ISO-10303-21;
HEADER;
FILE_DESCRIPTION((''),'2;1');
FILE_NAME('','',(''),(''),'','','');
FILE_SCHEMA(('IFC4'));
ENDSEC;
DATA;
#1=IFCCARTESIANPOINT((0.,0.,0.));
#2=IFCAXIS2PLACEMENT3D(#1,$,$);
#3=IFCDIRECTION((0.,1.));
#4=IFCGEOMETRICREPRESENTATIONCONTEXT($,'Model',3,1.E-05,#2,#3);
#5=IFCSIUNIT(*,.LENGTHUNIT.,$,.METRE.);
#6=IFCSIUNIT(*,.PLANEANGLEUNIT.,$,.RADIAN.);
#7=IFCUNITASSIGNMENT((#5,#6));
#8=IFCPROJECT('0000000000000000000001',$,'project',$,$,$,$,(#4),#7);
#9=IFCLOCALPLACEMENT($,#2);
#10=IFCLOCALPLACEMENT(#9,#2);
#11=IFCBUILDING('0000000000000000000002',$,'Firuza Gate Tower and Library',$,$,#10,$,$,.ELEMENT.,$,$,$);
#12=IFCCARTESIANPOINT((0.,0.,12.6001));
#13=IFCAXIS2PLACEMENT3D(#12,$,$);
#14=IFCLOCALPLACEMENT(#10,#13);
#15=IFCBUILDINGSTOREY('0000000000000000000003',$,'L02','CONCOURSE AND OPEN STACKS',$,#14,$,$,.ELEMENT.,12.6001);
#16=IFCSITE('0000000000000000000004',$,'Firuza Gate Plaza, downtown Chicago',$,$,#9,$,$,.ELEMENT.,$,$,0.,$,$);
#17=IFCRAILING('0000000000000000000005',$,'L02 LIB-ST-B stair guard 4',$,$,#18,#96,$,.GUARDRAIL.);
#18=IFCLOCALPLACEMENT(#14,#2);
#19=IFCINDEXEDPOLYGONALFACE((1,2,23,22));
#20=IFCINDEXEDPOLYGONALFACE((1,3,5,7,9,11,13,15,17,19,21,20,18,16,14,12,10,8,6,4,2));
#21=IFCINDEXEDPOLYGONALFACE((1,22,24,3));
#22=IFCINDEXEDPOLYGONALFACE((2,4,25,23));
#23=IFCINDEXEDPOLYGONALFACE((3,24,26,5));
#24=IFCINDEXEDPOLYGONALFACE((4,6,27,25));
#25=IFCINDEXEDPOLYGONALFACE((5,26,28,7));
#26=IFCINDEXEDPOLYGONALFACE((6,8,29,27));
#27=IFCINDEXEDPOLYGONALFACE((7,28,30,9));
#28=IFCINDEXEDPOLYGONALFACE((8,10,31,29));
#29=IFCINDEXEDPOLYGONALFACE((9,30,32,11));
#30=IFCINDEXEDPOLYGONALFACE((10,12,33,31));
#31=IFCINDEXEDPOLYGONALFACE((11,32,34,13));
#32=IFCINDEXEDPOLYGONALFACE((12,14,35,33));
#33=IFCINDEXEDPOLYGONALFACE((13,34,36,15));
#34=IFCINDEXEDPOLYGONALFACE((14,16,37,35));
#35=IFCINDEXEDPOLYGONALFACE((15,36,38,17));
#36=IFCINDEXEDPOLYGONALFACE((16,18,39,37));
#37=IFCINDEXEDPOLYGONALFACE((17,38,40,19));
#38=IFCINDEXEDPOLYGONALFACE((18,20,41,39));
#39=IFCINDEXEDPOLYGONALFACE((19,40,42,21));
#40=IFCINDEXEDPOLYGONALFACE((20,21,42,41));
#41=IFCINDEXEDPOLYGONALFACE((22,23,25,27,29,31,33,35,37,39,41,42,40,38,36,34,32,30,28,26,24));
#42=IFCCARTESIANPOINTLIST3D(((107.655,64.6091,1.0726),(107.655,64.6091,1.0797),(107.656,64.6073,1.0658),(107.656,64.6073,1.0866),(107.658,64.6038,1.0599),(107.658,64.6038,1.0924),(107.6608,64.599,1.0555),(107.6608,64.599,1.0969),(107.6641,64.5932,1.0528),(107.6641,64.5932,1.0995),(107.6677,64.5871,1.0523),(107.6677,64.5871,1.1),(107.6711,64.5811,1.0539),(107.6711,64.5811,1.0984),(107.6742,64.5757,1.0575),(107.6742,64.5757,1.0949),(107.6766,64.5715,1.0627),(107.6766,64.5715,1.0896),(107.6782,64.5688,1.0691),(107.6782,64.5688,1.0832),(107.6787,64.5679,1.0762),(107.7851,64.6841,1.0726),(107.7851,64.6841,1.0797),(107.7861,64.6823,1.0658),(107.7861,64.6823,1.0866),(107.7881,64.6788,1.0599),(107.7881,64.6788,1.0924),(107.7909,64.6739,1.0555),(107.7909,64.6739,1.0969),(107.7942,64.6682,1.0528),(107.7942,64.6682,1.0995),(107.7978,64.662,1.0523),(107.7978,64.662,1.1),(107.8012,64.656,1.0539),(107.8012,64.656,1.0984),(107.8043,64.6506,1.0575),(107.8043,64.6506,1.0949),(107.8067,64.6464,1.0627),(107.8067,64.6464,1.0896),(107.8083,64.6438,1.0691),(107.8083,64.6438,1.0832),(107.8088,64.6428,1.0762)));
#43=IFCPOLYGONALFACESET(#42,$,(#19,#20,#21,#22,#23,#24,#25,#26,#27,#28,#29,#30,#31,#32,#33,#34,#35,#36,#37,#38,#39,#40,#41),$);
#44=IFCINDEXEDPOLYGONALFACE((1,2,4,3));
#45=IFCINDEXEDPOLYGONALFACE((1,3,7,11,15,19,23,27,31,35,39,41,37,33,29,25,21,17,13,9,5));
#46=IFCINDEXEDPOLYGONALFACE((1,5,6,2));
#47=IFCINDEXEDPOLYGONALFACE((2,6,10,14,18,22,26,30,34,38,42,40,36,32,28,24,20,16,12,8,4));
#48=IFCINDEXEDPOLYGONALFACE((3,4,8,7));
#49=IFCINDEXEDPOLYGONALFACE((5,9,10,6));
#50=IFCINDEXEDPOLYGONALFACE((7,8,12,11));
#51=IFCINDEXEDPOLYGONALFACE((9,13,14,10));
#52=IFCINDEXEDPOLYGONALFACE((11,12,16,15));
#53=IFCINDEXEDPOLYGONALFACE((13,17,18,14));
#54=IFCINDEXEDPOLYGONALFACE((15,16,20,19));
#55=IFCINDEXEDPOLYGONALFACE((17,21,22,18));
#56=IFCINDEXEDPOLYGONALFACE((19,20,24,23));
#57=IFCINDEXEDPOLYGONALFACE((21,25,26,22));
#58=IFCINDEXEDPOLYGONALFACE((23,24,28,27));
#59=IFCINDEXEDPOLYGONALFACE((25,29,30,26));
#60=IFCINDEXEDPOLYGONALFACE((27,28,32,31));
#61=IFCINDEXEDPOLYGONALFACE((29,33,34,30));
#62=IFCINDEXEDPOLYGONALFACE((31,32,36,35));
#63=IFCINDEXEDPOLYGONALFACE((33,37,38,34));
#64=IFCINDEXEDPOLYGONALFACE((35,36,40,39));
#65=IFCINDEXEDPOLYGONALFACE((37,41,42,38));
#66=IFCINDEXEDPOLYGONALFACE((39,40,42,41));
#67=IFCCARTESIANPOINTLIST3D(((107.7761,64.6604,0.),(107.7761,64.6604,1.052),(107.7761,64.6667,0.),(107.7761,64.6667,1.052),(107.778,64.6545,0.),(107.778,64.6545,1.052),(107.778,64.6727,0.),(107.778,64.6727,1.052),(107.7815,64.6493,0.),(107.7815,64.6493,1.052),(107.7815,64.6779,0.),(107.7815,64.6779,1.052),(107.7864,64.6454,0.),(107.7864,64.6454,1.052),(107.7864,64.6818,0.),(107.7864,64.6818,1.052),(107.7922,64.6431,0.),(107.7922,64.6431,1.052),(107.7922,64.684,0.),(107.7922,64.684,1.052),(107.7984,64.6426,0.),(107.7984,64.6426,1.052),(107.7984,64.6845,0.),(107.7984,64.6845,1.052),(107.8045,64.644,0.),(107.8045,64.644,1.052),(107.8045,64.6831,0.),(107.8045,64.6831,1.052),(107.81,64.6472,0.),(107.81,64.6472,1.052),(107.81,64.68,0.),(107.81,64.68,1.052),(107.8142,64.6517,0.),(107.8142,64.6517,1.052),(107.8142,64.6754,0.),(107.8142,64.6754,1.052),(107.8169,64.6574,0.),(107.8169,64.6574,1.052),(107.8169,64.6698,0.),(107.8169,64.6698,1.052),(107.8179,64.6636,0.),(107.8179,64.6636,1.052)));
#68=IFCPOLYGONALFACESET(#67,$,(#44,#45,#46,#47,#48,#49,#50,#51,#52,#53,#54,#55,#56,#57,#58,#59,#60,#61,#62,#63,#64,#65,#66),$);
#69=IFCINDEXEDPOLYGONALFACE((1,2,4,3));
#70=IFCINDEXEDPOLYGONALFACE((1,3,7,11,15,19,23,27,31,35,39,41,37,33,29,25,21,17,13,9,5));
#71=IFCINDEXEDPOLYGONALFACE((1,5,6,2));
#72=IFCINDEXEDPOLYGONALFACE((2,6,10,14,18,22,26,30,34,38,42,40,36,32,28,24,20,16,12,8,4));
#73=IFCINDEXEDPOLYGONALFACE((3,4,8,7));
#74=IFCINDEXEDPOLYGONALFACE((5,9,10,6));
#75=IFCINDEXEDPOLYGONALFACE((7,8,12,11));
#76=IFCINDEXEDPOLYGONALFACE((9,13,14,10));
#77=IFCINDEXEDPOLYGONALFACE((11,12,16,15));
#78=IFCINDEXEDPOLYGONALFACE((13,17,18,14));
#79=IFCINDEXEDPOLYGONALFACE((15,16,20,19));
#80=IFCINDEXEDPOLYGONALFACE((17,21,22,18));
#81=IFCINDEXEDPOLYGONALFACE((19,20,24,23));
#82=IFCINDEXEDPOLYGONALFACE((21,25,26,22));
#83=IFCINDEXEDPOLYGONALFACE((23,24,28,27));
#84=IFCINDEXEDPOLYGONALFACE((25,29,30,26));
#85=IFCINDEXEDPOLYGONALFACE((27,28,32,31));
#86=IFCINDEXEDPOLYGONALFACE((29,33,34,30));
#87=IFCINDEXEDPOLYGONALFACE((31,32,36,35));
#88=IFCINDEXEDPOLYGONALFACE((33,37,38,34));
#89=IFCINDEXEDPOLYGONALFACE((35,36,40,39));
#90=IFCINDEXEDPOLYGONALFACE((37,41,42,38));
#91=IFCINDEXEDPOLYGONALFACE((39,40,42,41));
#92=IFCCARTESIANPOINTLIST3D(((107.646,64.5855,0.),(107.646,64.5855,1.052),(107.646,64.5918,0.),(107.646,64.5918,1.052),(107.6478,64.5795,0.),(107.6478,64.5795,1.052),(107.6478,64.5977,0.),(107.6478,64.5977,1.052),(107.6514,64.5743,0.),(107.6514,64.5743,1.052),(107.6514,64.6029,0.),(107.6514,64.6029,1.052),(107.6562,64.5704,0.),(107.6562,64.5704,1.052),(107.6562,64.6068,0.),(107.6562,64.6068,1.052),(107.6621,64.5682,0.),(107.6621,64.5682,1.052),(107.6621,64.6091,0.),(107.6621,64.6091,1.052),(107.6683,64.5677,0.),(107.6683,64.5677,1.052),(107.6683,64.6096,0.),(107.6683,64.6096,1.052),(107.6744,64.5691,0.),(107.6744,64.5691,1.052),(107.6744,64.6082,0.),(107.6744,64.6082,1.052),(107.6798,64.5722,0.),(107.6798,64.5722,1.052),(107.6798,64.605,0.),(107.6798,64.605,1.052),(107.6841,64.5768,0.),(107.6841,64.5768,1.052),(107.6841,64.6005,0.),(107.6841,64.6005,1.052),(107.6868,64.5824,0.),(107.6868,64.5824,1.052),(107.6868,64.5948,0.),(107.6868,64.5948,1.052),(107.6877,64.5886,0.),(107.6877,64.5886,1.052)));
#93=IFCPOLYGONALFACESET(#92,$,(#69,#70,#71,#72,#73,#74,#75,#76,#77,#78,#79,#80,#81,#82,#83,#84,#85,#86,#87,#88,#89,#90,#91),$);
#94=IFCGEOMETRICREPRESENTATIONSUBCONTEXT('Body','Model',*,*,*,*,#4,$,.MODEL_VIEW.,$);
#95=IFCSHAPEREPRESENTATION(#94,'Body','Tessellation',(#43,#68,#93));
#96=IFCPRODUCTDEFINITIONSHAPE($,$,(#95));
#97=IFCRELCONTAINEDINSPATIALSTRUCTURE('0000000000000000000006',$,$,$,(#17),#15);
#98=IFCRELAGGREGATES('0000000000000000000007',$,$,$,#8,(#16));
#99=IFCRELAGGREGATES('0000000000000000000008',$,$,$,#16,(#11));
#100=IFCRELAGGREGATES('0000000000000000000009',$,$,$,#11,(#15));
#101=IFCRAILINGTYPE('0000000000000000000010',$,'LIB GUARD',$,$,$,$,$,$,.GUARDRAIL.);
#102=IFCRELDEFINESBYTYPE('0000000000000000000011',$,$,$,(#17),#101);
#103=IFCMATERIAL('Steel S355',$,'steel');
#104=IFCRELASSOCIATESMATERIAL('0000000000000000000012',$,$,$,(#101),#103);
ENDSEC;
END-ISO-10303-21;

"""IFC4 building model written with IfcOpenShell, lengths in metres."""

from ifc_helpers import new_model, si_unit, direction, frame, origin, origin_2d, place, context, subcontext, project, spatial, circle, extrude, material, type_object, element, save


model = new_model("IFC4")

# Units and contexts
model_context = context("Model", 3, precision=1e-05, world=origin(), true_north=direction((0.0, 1.0)))
body_context = subcontext(model_context, "Body", "Model", "MODEL_VIEW")
ifc_project = project(units=[si_unit("LENGTHUNIT", "METRE"), si_unit("PLANEANGLEUNIT", "RADIAN")], contexts=[model_context])

# Site, building, storey
site_placement = place(None, origin())
site = spatial("IfcSite", under=ifc_project, at=site_placement, Name="Firuza Gate Plaza, downtown Chicago", CompositionType="ELEMENT", RefElevation=0.0)
building_placement = place(site_placement, origin())
building = spatial("IfcBuilding", under=site, at=building_placement, Name="Firuza Gate Tower and Library", CompositionType="ELEMENT")
storey_placement = place(building_placement, frame((0.0, 0.0, 12.6001)))
storey = spatial("IfcBuildingStorey", under=building, at=storey_placement, Name="L02", Description="CONCOURSE AND OPEN STACKS", CompositionType="ELEMENT", Elevation=12.6001)

# Railing
ifc_material_1 = material(Name="Steel S355", Category="steel")
railing_type_1 = type_object("IfcRailingType", Name="LIB GUARD", PredefinedType="GUARDRAIL", material=ifc_material_1)
railing_1_placement = place(storey_placement, frame((107.7969, 64.6636, 0.0)))
element("IfcRailing", 1, at=railing_1_placement, inside=storey, type_object=railing_type_1, Name="L02 LIB-ST-B stair guard 4", PredefinedType="GUARDRAIL", context=body_context, shape_type="SweptSolid", body=[
    extrude(circle(Radius=0.0239, at=origin_2d()), frame((0.0, 0.0, 1.0762), z_axis=(-0.866537, -0.499112, 0.0), x_axis=(0.499112, -0.866537, 0.0)), (0.0, 0.0, 1.0), 0.1501),
    extrude(circle(Radius=0.021, at=origin_2d()), origin(), (0.0, 0.0, 1.0), 1.052),
    extrude(circle(Radius=0.021, at=origin_2d()), frame((-0.1301, -0.075, 0.0)), (0.0, 0.0, 1.0), 1.052),
])

save(model, "model.ifc")
